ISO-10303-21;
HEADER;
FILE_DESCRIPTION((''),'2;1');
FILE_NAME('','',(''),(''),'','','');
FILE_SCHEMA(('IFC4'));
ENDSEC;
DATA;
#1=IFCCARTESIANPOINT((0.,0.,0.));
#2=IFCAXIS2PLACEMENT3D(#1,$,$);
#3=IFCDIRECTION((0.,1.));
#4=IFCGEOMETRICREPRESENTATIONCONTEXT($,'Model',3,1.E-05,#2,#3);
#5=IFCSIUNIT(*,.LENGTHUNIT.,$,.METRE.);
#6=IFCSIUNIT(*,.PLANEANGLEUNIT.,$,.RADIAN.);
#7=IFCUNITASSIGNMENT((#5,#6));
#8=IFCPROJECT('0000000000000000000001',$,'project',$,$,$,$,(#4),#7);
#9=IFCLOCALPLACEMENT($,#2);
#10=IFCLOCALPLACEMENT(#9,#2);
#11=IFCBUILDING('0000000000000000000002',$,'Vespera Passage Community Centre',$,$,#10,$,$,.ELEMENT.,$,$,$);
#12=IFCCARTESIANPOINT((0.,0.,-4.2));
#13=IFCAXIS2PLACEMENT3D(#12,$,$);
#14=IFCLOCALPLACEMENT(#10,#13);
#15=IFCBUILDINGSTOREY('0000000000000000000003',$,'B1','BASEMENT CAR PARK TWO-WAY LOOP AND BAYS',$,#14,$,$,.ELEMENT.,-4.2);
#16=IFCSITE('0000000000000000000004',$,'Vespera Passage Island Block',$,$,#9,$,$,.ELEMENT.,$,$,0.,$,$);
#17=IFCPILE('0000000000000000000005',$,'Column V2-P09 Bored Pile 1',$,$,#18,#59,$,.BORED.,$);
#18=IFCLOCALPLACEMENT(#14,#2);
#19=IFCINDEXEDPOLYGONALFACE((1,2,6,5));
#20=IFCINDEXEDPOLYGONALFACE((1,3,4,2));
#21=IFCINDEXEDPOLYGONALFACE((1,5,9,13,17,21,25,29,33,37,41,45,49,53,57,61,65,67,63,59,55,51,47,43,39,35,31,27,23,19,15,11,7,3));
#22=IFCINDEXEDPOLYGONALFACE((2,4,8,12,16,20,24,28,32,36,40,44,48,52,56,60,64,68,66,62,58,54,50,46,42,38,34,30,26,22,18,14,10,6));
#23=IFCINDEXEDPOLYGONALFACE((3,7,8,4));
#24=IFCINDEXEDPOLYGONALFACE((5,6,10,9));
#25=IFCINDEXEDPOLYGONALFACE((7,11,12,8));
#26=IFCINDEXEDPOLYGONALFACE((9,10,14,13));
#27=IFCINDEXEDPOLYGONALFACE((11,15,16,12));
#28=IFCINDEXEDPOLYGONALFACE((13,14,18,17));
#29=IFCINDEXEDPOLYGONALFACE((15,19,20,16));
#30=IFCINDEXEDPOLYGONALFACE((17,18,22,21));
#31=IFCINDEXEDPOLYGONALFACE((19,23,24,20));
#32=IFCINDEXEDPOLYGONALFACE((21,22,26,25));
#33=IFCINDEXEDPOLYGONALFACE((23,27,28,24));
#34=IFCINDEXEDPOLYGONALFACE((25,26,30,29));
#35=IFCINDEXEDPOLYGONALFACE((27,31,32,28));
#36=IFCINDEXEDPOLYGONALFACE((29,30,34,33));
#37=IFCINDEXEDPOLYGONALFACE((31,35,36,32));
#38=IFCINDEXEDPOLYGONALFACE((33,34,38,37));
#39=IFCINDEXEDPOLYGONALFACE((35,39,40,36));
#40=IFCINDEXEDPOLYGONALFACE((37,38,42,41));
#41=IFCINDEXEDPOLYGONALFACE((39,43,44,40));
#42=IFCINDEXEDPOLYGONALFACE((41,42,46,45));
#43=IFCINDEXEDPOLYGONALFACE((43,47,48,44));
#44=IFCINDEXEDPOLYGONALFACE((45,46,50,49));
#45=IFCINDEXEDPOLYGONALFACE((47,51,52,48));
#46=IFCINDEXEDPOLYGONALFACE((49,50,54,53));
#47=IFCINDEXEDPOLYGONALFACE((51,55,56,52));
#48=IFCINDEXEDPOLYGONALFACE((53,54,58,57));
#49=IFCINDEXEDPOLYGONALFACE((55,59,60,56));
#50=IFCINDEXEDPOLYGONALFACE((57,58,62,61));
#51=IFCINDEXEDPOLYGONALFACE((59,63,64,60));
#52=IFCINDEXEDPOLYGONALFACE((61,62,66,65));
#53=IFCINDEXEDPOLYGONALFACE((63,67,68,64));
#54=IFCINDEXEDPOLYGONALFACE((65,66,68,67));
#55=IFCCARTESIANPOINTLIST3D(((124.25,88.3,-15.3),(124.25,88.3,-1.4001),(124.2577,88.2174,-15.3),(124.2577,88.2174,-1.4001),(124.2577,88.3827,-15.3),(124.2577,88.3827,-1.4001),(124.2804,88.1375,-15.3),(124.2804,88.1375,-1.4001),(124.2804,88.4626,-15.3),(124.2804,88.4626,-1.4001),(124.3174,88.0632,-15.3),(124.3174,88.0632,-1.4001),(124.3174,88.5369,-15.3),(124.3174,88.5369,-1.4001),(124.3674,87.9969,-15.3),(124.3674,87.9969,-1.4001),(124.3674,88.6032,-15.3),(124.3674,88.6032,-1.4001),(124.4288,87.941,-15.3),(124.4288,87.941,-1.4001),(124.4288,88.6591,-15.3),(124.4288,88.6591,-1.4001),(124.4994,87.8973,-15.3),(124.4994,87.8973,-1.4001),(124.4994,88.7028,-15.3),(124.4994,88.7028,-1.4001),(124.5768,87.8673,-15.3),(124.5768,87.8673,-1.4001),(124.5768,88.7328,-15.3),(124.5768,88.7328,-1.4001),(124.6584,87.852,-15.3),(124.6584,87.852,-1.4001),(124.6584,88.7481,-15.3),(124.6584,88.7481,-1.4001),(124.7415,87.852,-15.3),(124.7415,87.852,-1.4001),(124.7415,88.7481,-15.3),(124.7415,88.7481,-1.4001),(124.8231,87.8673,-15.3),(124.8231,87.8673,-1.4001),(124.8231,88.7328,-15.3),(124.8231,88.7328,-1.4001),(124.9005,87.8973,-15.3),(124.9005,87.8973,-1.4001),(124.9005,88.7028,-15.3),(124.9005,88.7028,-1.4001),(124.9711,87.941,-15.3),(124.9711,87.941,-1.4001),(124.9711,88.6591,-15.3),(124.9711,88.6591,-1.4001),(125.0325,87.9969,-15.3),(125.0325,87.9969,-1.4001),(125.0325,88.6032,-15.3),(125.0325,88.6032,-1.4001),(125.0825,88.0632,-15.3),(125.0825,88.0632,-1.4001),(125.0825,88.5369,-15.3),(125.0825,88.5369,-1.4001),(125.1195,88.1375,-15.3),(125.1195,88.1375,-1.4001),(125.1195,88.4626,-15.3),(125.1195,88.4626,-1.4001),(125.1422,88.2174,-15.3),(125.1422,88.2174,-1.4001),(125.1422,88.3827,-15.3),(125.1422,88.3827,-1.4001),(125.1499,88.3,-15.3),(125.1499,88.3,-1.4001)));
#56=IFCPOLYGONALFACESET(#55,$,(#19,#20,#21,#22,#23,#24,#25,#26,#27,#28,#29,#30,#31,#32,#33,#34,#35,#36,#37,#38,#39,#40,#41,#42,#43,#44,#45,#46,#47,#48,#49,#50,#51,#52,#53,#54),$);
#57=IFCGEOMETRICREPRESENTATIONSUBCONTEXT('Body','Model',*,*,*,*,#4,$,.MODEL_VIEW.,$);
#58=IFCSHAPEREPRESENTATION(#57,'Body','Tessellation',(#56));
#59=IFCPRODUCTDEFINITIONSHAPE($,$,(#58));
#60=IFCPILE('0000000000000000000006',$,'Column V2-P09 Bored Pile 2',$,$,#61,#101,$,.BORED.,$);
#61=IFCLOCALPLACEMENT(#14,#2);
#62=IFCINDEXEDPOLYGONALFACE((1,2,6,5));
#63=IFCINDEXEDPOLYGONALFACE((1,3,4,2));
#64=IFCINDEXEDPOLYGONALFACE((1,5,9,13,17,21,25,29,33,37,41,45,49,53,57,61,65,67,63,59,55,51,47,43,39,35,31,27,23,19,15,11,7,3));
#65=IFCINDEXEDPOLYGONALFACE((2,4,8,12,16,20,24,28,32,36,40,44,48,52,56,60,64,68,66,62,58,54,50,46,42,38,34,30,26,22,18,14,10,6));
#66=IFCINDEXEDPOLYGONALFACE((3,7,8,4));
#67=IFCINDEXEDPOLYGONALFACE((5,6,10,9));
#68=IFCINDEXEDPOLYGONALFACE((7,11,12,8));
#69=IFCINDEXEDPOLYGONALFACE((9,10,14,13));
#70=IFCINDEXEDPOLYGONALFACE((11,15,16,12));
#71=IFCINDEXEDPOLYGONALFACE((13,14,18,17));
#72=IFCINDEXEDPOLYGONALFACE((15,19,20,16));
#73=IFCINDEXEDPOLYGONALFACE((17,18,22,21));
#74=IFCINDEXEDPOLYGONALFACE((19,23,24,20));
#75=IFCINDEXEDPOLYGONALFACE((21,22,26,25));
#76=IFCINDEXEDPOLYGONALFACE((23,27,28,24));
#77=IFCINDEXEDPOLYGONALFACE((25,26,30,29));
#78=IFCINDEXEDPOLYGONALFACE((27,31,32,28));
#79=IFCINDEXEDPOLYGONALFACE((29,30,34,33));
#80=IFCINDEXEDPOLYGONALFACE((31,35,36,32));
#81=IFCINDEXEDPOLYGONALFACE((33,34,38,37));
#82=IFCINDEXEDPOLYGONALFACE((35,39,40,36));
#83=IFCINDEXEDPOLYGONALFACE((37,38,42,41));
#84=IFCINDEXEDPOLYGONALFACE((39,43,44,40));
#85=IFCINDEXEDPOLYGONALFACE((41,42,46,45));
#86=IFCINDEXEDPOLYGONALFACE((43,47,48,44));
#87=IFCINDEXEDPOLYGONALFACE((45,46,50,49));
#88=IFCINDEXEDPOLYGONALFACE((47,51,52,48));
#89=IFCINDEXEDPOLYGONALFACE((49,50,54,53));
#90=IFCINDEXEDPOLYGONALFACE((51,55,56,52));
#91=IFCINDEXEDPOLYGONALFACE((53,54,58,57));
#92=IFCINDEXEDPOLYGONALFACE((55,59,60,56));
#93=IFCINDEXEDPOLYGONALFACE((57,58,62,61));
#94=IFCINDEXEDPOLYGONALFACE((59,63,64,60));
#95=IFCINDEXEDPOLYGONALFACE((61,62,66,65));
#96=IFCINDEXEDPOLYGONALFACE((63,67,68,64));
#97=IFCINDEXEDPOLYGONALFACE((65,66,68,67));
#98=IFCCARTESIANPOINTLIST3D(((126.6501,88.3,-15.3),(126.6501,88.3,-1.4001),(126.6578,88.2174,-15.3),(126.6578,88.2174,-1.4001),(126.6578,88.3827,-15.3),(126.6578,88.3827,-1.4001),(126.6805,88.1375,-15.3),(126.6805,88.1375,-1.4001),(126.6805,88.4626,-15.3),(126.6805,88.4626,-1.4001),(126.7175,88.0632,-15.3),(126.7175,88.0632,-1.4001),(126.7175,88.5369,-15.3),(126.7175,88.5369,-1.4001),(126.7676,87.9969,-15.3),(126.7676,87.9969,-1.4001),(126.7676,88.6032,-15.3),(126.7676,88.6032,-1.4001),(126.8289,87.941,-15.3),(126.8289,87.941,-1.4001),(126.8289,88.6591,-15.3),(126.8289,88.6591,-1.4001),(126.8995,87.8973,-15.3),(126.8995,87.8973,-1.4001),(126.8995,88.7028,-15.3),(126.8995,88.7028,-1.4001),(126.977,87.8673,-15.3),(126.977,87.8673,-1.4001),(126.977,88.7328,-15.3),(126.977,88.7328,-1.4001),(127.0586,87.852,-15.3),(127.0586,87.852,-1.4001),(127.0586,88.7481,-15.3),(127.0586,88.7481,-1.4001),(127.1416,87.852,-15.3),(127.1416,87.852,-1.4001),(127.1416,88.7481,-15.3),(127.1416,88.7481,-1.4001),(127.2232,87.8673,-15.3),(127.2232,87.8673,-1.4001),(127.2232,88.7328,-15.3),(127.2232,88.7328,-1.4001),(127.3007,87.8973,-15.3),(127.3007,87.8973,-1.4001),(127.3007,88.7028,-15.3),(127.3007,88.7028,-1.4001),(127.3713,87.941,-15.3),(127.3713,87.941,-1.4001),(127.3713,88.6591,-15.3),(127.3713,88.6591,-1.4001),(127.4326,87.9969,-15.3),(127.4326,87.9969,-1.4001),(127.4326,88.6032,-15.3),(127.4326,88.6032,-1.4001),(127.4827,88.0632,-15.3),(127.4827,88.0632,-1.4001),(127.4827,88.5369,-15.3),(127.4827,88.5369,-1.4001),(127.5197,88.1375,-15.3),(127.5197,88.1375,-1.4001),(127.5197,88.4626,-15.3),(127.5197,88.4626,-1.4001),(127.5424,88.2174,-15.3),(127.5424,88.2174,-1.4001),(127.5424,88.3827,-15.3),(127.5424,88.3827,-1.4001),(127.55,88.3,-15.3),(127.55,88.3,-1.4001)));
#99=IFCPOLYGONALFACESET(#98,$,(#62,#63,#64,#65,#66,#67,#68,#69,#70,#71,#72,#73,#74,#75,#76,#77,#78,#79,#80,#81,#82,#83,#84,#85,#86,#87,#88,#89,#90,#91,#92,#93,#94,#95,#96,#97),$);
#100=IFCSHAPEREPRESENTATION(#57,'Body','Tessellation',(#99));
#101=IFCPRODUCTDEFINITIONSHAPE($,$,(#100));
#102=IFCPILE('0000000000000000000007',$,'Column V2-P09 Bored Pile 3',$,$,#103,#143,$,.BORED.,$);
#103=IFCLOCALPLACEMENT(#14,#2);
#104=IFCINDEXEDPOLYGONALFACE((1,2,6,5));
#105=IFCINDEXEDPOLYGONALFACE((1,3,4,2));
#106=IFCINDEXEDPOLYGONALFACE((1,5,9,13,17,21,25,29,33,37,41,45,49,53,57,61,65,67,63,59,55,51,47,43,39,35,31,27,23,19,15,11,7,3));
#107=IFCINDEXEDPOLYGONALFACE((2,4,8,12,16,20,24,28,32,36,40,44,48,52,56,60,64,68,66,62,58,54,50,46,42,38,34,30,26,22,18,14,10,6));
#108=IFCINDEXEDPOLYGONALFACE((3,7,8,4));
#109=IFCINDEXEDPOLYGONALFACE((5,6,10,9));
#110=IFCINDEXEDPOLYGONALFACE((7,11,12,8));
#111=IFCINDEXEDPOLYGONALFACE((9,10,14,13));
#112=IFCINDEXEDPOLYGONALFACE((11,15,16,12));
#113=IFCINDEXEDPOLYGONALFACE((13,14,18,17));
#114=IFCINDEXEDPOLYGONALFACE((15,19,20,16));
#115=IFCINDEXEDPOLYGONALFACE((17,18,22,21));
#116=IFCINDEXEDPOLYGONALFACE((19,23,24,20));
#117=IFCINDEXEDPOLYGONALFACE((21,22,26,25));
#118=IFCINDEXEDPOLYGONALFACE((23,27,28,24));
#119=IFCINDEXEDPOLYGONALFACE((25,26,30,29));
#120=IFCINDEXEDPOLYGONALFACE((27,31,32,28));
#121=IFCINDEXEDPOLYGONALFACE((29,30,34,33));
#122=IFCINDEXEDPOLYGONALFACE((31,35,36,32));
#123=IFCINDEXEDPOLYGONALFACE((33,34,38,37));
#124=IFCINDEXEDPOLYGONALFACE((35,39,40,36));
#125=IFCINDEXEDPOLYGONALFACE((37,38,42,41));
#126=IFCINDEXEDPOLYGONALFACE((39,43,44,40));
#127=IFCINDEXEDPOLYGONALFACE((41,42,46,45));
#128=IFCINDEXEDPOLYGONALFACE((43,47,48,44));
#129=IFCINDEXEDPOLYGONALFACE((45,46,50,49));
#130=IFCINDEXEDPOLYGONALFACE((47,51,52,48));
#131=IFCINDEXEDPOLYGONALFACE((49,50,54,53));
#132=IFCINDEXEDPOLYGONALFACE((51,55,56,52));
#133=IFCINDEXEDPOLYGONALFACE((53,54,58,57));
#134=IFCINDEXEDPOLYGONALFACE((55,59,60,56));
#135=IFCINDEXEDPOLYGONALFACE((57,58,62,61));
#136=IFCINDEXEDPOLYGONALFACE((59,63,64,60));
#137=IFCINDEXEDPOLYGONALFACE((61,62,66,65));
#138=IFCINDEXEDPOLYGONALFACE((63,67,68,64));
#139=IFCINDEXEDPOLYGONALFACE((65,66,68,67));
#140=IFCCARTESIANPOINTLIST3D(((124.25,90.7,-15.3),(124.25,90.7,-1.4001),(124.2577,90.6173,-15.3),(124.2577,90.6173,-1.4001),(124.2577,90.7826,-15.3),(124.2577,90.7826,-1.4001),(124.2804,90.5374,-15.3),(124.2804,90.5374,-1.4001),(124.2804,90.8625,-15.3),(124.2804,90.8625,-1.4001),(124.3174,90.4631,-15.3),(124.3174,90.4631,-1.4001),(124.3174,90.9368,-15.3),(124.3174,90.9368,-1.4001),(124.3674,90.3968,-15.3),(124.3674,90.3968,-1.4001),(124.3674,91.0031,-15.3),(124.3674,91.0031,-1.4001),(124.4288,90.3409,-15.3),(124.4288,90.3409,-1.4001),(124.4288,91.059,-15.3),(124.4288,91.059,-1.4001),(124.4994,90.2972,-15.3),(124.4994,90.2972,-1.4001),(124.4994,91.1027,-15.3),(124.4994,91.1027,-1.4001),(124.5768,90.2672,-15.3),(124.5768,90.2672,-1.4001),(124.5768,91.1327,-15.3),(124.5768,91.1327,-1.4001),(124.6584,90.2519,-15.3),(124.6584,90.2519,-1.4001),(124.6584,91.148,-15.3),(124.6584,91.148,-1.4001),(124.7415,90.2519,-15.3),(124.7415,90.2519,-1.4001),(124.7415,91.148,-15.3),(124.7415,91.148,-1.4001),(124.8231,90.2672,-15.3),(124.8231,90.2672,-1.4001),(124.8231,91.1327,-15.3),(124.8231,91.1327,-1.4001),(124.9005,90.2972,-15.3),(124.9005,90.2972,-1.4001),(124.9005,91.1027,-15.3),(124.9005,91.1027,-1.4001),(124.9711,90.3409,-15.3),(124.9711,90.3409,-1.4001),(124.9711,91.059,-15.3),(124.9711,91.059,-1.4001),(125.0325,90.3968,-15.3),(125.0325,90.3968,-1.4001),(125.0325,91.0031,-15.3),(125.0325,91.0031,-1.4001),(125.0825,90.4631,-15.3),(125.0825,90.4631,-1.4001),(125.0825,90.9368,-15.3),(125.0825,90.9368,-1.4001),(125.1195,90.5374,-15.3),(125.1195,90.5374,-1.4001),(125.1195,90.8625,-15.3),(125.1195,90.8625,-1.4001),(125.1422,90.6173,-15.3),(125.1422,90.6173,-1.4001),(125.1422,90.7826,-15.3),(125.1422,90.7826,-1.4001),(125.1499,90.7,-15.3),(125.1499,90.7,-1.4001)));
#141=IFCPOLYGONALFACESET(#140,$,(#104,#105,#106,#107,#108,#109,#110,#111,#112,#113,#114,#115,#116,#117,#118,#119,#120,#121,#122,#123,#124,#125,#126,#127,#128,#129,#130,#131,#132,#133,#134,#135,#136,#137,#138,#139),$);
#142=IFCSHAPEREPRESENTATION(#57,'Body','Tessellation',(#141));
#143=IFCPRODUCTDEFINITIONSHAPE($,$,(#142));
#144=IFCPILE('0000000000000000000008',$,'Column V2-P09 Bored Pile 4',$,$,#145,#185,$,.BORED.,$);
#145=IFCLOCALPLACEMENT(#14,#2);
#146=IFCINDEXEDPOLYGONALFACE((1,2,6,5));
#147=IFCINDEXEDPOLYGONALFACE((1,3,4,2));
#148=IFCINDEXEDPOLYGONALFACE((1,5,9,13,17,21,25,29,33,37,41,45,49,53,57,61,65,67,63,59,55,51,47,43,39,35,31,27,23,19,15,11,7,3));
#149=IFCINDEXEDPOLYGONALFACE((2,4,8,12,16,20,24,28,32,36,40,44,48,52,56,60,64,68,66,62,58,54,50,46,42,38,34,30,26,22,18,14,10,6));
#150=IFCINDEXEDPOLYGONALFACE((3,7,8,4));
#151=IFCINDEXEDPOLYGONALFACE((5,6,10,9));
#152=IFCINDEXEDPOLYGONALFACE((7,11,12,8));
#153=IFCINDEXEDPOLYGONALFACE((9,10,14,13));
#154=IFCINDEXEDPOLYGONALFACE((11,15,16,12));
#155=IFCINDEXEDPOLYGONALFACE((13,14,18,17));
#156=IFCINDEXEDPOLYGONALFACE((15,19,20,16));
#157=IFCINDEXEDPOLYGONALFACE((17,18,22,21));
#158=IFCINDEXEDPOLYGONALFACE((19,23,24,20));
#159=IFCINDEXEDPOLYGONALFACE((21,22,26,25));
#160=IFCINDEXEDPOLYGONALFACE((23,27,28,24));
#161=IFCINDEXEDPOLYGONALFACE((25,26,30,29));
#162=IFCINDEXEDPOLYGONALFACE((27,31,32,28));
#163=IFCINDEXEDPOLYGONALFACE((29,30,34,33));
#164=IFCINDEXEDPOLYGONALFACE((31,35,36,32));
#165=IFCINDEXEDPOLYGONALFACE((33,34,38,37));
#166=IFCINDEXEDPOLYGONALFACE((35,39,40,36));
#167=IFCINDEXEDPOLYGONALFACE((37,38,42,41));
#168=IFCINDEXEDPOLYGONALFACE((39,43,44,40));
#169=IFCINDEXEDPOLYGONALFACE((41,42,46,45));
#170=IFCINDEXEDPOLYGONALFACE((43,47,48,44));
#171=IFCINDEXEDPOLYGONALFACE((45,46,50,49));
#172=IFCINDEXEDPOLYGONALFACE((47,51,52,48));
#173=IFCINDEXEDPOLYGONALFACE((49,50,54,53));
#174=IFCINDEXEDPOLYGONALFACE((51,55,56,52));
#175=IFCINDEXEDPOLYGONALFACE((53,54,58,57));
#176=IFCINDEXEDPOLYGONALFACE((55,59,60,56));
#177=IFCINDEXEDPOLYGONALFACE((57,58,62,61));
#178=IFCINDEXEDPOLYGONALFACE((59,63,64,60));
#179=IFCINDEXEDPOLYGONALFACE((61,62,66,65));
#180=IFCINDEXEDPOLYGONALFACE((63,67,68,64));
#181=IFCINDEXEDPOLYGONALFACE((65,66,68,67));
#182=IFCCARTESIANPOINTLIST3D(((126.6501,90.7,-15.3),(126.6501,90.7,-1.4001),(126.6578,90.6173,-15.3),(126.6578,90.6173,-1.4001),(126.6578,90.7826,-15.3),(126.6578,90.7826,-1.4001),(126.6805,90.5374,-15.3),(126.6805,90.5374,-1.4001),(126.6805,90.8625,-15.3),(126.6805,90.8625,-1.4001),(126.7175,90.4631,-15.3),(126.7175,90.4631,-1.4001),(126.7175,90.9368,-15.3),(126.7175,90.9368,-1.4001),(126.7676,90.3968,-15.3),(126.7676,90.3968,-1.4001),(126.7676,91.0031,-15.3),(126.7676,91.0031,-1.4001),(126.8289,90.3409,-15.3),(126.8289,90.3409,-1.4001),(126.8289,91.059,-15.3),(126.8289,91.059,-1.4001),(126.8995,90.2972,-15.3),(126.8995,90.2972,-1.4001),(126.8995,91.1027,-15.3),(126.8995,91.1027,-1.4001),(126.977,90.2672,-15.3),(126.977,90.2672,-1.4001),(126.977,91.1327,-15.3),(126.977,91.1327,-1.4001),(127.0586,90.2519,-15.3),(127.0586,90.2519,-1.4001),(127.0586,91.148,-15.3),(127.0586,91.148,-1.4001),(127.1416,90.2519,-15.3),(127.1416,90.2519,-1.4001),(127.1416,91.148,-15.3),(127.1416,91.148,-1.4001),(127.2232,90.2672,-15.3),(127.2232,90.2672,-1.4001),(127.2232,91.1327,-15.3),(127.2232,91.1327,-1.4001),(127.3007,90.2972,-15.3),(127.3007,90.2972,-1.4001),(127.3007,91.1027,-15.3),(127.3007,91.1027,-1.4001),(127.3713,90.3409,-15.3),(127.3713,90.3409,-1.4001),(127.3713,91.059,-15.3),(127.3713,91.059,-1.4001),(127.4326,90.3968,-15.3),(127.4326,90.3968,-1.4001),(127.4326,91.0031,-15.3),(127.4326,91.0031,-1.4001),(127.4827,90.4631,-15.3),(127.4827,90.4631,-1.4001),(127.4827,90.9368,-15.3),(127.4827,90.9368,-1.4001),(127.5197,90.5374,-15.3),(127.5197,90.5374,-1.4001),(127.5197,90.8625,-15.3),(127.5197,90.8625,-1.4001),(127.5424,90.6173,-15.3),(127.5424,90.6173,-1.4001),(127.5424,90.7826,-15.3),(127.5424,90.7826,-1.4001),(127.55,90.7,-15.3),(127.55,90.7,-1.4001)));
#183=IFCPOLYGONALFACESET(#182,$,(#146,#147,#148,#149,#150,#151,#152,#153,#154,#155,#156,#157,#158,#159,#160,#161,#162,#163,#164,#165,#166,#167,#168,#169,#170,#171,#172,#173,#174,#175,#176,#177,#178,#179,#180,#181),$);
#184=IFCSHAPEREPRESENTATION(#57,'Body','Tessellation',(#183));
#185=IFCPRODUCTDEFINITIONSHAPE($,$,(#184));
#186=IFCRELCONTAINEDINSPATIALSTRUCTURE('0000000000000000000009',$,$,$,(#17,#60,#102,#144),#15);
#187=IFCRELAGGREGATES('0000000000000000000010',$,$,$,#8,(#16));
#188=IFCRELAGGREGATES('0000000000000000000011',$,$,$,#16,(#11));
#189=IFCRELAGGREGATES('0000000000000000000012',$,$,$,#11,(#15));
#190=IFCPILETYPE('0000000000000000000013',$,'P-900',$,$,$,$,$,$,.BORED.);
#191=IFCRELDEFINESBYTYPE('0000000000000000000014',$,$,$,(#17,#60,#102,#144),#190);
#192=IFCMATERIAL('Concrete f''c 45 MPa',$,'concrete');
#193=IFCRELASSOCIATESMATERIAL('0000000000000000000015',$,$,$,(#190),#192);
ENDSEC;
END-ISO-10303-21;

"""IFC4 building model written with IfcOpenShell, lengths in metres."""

from ifc_helpers import new_model, si_unit, direction, frame, origin, origin_2d, place, context, subcontext, project, spatial, circle, extrude, material, material_profile, profile_set, type_object, element, save


model = new_model("IFC4")

# Units and contexts
model_context = context("Model", 3, precision=1e-05, world=origin(), true_north=direction((0.0, 1.0)))
body_context = subcontext(model_context, "Body", "Model", "MODEL_VIEW")
ifc_project = project(units=[si_unit("LENGTHUNIT", "METRE"), si_unit("PLANEANGLEUNIT", "RADIAN")], contexts=[model_context])

# Site, building, storey
site_placement = place(None, origin())
site = spatial("IfcSite", under=ifc_project, at=site_placement, Name="Vespera Passage Island Block", CompositionType="ELEMENT", RefElevation=0.0)
building_placement = place(site_placement, origin())
building = spatial("IfcBuilding", under=site, at=building_placement, Name="Vespera Passage Community Centre", CompositionType="ELEMENT")
storey_placement = place(building_placement, frame((0.0, 0.0, -4.2)))
storey = spatial("IfcBuildingStorey", under=building, at=storey_placement, Name="B1", Description="BASEMENT CAR PARK TWO-WAY LOOP AND BAYS", CompositionType="ELEMENT", Elevation=-4.2)

# Piles
ifc_material_1 = material(Name="Concrete f'c 45 MPa", Category="concrete")
ifc_material_profile_1 = material_profile(ifc_material_1, circle(Radius=0.45, at=origin_2d()), Name="PILE900DIA")
ifc_profile_set_1 = profile_set([ifc_material_profile_1], Name="Concrete f'c 45 MPa")
pile_type_1 = type_object("IfcPileType", Name="P-900", PredefinedType="BORED", material=ifc_profile_set_1)
for number, where, z_axis, x_axis, name in (
    (1, (124.7, 88.3, -1.4001), (0.0, 0.0, -1.0), (1.0, 0.0, 0.0), "Column V2-P09 Bored Pile 1"),
    (2, (127.1001, 88.3, -1.4001), (0.0, 0.0, -1.0), (1.0, 0.0, 0.0), "Column V2-P09 Bored Pile 2"),
    (3, (124.7, 90.7, -1.4001), (0.0, 0.0, -1.0), (1.0, 0.0, 0.0), "Column V2-P09 Bored Pile 3"),
    (4, (127.1001, 90.7, -1.4001), (0.0, 0.0, -1.0), (1.0, 0.0, 0.0), "Column V2-P09 Bored Pile 4"),
):
    element("IfcPile", number, at=place(storey_placement, frame(where, z_axis=z_axis, x_axis=x_axis)), inside=storey, type_object=pile_type_1, Name=name, PredefinedType="BORED", context=body_context, shape_type="SweptSolid", body=[
        extrude(circle(Radius=0.45, at=origin_2d()), origin(), (0.0, 0.0, 1.0), 13.8999),
    ])

save(model, "model.ifc")
